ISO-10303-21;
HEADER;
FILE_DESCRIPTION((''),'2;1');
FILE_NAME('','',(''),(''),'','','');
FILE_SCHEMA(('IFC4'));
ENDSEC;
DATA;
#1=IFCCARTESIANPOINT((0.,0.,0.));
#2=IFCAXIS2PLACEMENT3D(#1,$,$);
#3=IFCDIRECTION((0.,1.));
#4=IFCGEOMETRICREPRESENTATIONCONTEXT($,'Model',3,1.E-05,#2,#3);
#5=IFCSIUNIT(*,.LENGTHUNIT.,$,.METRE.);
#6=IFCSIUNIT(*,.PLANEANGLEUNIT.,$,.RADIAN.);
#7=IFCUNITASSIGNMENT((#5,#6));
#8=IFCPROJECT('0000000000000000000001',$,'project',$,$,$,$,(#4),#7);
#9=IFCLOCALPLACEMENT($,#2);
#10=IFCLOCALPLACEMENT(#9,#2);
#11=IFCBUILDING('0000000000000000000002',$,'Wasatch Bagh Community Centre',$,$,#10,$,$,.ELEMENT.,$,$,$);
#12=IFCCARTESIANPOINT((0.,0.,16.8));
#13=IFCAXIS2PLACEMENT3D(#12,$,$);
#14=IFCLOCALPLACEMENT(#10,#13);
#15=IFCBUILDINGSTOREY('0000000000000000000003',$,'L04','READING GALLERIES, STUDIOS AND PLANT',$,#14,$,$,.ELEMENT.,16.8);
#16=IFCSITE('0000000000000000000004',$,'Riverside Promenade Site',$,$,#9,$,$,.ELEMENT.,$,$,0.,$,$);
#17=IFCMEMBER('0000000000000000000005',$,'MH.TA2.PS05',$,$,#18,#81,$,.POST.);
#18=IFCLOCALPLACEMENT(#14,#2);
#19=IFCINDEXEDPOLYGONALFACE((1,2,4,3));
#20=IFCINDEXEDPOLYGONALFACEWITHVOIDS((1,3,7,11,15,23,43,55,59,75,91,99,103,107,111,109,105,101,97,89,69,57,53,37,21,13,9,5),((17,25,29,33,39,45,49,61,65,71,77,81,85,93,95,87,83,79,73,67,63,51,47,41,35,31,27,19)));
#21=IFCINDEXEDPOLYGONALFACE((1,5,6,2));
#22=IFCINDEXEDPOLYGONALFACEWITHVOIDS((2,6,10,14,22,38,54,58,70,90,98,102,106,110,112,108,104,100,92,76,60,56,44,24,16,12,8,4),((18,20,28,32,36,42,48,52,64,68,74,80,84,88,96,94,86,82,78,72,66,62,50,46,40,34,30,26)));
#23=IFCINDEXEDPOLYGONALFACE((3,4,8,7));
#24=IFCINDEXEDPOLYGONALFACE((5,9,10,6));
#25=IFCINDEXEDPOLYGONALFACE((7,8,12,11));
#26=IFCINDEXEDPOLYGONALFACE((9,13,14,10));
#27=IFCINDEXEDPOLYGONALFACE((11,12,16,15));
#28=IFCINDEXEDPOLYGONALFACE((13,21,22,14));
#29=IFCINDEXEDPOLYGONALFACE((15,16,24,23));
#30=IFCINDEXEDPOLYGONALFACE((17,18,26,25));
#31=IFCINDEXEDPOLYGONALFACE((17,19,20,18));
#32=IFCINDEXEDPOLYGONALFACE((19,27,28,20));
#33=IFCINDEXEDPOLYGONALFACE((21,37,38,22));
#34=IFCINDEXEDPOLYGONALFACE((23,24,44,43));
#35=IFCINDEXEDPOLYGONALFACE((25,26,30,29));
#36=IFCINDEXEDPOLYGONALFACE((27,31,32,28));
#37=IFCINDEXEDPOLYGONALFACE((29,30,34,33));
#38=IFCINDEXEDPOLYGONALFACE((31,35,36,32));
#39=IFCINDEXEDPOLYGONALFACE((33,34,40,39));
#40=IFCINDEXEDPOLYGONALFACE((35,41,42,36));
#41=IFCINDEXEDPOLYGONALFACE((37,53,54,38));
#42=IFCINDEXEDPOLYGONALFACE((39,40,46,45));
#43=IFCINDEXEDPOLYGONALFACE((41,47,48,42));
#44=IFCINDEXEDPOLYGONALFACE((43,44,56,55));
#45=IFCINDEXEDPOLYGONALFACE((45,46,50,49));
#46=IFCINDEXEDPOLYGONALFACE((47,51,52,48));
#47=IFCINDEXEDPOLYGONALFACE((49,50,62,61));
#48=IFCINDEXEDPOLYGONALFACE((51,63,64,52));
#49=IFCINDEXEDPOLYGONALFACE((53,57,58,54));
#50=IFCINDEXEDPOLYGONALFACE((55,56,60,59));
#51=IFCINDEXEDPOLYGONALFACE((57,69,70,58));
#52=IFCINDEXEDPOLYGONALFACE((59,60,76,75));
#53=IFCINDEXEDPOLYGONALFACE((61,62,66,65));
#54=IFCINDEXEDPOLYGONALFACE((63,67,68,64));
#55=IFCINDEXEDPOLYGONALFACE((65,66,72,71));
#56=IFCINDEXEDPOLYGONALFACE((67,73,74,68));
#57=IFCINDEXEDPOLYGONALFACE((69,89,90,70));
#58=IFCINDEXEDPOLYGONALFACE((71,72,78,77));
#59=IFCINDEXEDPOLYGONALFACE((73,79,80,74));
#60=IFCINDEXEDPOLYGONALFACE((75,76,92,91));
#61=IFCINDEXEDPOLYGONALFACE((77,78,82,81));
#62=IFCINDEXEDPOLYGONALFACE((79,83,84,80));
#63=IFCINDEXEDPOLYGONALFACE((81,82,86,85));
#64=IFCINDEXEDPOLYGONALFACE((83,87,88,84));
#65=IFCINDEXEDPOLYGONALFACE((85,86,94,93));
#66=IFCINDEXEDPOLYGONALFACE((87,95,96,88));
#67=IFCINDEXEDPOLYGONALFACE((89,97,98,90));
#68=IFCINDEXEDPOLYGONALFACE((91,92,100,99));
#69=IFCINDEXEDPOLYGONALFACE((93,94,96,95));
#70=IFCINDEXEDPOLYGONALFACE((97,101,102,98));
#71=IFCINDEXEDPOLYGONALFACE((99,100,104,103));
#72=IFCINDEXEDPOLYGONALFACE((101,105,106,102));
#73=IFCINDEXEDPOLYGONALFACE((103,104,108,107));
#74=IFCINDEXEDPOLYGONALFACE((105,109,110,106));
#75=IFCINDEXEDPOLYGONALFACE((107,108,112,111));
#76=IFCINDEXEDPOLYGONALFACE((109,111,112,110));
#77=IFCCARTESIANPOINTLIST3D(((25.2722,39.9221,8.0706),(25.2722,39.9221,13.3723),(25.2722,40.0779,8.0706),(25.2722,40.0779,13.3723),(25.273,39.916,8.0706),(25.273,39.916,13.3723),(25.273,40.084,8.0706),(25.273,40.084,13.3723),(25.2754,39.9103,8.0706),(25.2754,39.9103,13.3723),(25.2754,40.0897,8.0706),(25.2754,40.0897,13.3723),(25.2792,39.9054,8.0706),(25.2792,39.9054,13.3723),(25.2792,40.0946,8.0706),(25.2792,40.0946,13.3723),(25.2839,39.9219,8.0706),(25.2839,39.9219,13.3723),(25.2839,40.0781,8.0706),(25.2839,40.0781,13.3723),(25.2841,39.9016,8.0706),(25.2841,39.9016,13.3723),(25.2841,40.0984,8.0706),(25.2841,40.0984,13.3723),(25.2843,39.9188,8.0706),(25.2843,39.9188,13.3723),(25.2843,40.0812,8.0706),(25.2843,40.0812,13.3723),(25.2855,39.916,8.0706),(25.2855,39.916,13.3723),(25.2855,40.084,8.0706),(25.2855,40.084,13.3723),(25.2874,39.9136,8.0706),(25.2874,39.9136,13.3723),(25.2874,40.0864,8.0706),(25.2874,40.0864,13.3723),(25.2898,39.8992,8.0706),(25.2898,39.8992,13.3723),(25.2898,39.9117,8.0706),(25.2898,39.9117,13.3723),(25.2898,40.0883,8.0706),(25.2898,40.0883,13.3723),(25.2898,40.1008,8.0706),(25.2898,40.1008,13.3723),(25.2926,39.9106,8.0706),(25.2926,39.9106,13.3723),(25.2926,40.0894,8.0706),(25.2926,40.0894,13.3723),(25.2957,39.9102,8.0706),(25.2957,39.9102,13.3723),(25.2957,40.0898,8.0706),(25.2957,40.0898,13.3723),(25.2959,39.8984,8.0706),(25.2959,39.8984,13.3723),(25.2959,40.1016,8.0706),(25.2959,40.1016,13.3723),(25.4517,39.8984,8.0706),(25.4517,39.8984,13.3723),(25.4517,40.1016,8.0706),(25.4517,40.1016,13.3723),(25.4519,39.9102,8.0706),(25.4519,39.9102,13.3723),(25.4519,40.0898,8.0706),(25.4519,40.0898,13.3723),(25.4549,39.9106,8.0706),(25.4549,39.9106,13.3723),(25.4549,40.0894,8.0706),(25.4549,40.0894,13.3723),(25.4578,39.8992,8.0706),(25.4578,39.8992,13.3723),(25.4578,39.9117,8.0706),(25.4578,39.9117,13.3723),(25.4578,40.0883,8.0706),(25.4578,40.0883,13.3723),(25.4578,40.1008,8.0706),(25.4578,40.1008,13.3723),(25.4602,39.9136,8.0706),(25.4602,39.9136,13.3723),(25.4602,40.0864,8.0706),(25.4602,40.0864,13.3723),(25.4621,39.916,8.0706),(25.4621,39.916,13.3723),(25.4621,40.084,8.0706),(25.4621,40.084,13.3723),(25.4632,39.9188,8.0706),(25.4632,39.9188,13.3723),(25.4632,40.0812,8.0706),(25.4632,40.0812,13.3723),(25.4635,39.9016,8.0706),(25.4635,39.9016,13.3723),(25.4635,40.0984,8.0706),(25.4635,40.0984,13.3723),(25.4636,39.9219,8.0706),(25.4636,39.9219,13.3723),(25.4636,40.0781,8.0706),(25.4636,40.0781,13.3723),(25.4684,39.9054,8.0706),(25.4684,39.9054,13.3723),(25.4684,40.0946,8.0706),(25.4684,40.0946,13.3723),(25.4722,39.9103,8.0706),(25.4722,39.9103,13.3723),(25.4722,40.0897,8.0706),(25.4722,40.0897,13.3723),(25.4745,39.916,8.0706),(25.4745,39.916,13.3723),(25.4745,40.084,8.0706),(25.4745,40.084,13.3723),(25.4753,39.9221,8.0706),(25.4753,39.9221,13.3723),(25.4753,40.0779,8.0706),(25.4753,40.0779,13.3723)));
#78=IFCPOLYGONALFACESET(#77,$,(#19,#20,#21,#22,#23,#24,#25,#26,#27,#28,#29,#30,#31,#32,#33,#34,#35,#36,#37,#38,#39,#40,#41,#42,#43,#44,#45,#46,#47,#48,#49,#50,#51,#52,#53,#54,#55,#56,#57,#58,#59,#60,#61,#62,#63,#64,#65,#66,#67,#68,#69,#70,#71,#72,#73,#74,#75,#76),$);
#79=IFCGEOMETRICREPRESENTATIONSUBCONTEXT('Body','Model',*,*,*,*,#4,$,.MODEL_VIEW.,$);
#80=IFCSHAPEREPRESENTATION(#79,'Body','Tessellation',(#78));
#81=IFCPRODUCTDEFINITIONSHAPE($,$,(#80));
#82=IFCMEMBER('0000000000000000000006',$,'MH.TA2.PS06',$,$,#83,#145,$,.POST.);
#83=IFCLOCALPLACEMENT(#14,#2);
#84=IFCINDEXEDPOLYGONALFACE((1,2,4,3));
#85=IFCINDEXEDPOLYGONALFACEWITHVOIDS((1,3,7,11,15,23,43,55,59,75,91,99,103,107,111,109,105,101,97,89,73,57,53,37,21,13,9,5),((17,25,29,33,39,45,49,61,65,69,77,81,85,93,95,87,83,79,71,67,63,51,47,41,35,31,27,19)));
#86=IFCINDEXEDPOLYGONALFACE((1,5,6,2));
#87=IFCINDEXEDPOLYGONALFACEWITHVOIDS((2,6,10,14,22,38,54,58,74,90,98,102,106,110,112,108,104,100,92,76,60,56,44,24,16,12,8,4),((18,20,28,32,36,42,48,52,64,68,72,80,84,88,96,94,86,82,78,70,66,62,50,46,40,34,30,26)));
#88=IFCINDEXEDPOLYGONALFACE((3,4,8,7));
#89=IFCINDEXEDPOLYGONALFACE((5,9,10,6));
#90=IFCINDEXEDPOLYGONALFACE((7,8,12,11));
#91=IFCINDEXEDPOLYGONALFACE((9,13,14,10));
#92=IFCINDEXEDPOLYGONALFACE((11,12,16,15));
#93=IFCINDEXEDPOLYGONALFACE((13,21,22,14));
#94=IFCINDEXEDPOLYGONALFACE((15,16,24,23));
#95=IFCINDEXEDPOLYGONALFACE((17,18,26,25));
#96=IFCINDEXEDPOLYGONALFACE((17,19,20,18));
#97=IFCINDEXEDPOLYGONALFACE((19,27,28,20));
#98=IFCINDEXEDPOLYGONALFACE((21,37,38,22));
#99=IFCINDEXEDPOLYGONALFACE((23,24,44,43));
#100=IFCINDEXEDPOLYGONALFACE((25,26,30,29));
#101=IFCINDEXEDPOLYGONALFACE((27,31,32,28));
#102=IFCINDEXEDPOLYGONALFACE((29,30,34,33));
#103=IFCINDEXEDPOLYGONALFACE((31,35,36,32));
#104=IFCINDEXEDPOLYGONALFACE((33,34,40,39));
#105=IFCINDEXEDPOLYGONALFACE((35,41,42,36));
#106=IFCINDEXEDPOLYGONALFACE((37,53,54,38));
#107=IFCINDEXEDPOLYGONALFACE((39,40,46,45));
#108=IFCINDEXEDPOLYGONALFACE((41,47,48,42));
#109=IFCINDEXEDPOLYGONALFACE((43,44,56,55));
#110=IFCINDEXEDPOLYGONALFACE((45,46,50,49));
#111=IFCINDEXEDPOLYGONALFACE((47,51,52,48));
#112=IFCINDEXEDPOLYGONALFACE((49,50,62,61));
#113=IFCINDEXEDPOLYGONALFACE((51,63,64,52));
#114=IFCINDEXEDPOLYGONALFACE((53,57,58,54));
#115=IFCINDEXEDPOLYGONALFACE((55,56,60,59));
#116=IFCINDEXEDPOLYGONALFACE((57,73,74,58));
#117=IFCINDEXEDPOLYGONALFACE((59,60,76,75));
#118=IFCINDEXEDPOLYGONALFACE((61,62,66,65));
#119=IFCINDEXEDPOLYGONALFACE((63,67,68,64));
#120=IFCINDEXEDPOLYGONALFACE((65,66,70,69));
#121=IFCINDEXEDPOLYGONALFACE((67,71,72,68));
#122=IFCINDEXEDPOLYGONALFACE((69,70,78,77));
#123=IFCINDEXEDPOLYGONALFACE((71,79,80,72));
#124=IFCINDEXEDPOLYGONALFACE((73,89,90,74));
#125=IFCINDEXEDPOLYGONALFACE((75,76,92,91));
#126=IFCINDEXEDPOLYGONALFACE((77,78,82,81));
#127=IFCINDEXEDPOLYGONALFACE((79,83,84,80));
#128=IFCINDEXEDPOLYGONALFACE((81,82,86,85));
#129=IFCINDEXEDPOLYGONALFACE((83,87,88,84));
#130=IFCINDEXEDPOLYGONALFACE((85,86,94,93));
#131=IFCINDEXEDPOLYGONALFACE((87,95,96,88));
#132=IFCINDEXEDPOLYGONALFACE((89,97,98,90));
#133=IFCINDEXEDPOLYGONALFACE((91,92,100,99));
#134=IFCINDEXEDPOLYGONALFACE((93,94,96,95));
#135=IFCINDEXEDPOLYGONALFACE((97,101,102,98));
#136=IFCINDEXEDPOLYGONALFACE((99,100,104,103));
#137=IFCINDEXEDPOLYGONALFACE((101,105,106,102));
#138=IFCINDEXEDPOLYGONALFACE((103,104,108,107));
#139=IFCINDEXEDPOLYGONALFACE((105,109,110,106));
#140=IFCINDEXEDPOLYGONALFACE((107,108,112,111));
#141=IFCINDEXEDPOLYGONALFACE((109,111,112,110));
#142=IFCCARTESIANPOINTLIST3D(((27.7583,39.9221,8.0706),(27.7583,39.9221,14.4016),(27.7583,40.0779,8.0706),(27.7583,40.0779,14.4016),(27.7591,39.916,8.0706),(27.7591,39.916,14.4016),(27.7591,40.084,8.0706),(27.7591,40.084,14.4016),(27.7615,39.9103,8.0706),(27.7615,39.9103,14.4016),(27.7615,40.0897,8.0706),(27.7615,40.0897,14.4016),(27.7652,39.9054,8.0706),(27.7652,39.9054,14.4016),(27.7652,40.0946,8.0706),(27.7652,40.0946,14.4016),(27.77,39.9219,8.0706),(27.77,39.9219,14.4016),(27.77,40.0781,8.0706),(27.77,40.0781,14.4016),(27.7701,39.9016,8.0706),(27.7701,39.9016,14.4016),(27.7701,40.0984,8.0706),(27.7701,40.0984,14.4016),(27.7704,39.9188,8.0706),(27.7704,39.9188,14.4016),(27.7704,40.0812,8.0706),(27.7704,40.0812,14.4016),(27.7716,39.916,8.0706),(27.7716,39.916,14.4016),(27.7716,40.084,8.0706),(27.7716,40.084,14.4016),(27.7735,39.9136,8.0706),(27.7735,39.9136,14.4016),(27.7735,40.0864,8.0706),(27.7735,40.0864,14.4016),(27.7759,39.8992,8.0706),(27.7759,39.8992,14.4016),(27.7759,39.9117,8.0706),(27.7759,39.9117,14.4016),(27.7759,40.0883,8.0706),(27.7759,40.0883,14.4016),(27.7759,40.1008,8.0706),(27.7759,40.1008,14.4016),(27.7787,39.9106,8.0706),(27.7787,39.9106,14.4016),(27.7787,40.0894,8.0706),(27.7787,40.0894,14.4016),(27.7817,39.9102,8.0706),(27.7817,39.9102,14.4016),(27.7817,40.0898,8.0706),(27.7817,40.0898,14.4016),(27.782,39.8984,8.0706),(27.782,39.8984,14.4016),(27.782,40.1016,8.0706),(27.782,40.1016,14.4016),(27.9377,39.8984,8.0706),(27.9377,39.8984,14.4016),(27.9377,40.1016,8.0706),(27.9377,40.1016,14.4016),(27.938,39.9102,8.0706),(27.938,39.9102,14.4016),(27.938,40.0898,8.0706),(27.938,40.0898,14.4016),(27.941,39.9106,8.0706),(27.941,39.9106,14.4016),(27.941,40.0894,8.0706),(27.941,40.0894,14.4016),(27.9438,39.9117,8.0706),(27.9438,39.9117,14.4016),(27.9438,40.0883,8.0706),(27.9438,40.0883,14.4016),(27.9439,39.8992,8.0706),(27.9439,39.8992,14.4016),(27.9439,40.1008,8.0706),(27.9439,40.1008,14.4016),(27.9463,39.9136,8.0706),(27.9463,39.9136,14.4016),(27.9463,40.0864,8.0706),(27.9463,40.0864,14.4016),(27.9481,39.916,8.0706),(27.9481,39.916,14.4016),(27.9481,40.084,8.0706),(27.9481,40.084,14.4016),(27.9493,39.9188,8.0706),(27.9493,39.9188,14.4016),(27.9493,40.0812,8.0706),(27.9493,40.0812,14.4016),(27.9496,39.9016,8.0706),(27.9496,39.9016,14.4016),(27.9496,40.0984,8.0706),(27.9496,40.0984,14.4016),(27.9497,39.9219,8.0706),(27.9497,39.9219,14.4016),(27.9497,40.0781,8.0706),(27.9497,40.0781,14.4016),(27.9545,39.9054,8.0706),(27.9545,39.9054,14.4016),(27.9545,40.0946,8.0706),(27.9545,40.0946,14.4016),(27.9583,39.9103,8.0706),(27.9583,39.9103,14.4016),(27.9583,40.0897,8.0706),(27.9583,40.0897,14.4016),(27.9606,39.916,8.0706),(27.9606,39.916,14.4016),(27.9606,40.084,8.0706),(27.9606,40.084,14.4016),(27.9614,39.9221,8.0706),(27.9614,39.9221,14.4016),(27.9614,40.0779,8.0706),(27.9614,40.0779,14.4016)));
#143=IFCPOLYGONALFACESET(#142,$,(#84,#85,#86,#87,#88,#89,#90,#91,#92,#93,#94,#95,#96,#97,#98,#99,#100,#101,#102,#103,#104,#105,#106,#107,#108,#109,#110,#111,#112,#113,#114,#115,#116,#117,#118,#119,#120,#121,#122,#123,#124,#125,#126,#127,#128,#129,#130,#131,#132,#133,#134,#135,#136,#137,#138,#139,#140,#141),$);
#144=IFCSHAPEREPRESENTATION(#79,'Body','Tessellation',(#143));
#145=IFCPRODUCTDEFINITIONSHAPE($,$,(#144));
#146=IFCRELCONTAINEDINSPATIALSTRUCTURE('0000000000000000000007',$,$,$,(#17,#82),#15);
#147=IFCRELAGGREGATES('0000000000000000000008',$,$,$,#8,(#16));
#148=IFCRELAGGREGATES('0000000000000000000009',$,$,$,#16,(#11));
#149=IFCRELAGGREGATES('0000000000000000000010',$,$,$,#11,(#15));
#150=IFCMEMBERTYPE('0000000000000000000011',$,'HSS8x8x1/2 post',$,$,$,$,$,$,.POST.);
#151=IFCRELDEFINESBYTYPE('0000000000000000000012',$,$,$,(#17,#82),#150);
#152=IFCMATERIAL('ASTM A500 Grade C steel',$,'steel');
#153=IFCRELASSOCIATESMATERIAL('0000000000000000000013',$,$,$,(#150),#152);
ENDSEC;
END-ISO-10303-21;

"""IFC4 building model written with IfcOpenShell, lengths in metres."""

from ifc_helpers import new_model, si_unit, direction, frame, origin, origin_2d, place, context, subcontext, project, spatial, hollow_rectangle, extrude, material, material_profile, profile_set, type_object, element, save


model = new_model("IFC4")

# Units and contexts
model_context = context("Model", 3, precision=1e-05, world=origin(), true_north=direction((0.0, 1.0)))
body_context = subcontext(model_context, "Body", "Model", "MODEL_VIEW")
ifc_project = project(units=[si_unit("LENGTHUNIT", "METRE"), si_unit("PLANEANGLEUNIT", "RADIAN")], contexts=[model_context])

# Site, building, storey
site_placement = place(None, origin())
site = spatial("IfcSite", under=ifc_project, at=site_placement, Name="Riverside Promenade Site", CompositionType="ELEMENT", RefElevation=0.0)
building_placement = place(site_placement, origin())
building = spatial("IfcBuilding", under=site, at=building_placement, Name="Wasatch Bagh Community Centre", CompositionType="ELEMENT")
storey_placement = place(building_placement, frame((0.0, 0.0, 16.8)))
storey = spatial("IfcBuildingStorey", under=building, at=storey_placement, Name="L04", Description="READING GALLERIES, STUDIOS AND PLANT", CompositionType="ELEMENT", Elevation=16.8)

# Members
ifc_material_1 = material(Name="ASTM A500 Grade C steel", Category="steel")
ifc_material_profile_1 = material_profile(ifc_material_1, hollow_rectangle(XDim=0.2031, YDim=0.2031, WallThickness=0.0117, InnerFilletRadius=0.0117, OuterFilletRadius=0.0237, at=origin_2d()), Name="HSS8x8x1/2")
ifc_profile_set_1 = profile_set([ifc_material_profile_1], Name="ASTM A500 Grade C steel")
member_type_1 = type_object("IfcMemberType", Name="HSS8x8x1/2 post", PredefinedType="POST", material=ifc_profile_set_1)
member_1_placement = place(storey_placement, frame((25.3738, 40.0, 8.0706), z_axis=(0.0, 0.0, 1.0), x_axis=(1.0, 0.0, 0.0)))
element("IfcMember", 1, at=member_1_placement, inside=storey, type_object=member_type_1, Name="MH.TA2.PS05", PredefinedType="POST", context=body_context, shape_type="SweptSolid", body=[
    extrude(hollow_rectangle(XDim=0.2031, YDim=0.2031, WallThickness=0.0117, InnerFilletRadius=0.0117, OuterFilletRadius=0.0237, at=origin_2d()), origin(), (0.0, 0.0, 1.0), 5.3018),
])
member_2_placement = place(storey_placement, frame((27.8599, 40.0, 8.0706), z_axis=(0.0, 0.0, 1.0), x_axis=(1.0, 0.0, 0.0)))
element("IfcMember", 2, at=member_2_placement, inside=storey, type_object=member_type_1, Name="MH.TA2.PS06", PredefinedType="POST", context=body_context, shape_type="SweptSolid", body=[
    extrude(hollow_rectangle(XDim=0.2031, YDim=0.2031, WallThickness=0.0117, InnerFilletRadius=0.0117, OuterFilletRadius=0.0237, at=origin_2d()), origin(), (0.0, 0.0, 1.0), 6.3311),
])

save(model, "model.ifc")
